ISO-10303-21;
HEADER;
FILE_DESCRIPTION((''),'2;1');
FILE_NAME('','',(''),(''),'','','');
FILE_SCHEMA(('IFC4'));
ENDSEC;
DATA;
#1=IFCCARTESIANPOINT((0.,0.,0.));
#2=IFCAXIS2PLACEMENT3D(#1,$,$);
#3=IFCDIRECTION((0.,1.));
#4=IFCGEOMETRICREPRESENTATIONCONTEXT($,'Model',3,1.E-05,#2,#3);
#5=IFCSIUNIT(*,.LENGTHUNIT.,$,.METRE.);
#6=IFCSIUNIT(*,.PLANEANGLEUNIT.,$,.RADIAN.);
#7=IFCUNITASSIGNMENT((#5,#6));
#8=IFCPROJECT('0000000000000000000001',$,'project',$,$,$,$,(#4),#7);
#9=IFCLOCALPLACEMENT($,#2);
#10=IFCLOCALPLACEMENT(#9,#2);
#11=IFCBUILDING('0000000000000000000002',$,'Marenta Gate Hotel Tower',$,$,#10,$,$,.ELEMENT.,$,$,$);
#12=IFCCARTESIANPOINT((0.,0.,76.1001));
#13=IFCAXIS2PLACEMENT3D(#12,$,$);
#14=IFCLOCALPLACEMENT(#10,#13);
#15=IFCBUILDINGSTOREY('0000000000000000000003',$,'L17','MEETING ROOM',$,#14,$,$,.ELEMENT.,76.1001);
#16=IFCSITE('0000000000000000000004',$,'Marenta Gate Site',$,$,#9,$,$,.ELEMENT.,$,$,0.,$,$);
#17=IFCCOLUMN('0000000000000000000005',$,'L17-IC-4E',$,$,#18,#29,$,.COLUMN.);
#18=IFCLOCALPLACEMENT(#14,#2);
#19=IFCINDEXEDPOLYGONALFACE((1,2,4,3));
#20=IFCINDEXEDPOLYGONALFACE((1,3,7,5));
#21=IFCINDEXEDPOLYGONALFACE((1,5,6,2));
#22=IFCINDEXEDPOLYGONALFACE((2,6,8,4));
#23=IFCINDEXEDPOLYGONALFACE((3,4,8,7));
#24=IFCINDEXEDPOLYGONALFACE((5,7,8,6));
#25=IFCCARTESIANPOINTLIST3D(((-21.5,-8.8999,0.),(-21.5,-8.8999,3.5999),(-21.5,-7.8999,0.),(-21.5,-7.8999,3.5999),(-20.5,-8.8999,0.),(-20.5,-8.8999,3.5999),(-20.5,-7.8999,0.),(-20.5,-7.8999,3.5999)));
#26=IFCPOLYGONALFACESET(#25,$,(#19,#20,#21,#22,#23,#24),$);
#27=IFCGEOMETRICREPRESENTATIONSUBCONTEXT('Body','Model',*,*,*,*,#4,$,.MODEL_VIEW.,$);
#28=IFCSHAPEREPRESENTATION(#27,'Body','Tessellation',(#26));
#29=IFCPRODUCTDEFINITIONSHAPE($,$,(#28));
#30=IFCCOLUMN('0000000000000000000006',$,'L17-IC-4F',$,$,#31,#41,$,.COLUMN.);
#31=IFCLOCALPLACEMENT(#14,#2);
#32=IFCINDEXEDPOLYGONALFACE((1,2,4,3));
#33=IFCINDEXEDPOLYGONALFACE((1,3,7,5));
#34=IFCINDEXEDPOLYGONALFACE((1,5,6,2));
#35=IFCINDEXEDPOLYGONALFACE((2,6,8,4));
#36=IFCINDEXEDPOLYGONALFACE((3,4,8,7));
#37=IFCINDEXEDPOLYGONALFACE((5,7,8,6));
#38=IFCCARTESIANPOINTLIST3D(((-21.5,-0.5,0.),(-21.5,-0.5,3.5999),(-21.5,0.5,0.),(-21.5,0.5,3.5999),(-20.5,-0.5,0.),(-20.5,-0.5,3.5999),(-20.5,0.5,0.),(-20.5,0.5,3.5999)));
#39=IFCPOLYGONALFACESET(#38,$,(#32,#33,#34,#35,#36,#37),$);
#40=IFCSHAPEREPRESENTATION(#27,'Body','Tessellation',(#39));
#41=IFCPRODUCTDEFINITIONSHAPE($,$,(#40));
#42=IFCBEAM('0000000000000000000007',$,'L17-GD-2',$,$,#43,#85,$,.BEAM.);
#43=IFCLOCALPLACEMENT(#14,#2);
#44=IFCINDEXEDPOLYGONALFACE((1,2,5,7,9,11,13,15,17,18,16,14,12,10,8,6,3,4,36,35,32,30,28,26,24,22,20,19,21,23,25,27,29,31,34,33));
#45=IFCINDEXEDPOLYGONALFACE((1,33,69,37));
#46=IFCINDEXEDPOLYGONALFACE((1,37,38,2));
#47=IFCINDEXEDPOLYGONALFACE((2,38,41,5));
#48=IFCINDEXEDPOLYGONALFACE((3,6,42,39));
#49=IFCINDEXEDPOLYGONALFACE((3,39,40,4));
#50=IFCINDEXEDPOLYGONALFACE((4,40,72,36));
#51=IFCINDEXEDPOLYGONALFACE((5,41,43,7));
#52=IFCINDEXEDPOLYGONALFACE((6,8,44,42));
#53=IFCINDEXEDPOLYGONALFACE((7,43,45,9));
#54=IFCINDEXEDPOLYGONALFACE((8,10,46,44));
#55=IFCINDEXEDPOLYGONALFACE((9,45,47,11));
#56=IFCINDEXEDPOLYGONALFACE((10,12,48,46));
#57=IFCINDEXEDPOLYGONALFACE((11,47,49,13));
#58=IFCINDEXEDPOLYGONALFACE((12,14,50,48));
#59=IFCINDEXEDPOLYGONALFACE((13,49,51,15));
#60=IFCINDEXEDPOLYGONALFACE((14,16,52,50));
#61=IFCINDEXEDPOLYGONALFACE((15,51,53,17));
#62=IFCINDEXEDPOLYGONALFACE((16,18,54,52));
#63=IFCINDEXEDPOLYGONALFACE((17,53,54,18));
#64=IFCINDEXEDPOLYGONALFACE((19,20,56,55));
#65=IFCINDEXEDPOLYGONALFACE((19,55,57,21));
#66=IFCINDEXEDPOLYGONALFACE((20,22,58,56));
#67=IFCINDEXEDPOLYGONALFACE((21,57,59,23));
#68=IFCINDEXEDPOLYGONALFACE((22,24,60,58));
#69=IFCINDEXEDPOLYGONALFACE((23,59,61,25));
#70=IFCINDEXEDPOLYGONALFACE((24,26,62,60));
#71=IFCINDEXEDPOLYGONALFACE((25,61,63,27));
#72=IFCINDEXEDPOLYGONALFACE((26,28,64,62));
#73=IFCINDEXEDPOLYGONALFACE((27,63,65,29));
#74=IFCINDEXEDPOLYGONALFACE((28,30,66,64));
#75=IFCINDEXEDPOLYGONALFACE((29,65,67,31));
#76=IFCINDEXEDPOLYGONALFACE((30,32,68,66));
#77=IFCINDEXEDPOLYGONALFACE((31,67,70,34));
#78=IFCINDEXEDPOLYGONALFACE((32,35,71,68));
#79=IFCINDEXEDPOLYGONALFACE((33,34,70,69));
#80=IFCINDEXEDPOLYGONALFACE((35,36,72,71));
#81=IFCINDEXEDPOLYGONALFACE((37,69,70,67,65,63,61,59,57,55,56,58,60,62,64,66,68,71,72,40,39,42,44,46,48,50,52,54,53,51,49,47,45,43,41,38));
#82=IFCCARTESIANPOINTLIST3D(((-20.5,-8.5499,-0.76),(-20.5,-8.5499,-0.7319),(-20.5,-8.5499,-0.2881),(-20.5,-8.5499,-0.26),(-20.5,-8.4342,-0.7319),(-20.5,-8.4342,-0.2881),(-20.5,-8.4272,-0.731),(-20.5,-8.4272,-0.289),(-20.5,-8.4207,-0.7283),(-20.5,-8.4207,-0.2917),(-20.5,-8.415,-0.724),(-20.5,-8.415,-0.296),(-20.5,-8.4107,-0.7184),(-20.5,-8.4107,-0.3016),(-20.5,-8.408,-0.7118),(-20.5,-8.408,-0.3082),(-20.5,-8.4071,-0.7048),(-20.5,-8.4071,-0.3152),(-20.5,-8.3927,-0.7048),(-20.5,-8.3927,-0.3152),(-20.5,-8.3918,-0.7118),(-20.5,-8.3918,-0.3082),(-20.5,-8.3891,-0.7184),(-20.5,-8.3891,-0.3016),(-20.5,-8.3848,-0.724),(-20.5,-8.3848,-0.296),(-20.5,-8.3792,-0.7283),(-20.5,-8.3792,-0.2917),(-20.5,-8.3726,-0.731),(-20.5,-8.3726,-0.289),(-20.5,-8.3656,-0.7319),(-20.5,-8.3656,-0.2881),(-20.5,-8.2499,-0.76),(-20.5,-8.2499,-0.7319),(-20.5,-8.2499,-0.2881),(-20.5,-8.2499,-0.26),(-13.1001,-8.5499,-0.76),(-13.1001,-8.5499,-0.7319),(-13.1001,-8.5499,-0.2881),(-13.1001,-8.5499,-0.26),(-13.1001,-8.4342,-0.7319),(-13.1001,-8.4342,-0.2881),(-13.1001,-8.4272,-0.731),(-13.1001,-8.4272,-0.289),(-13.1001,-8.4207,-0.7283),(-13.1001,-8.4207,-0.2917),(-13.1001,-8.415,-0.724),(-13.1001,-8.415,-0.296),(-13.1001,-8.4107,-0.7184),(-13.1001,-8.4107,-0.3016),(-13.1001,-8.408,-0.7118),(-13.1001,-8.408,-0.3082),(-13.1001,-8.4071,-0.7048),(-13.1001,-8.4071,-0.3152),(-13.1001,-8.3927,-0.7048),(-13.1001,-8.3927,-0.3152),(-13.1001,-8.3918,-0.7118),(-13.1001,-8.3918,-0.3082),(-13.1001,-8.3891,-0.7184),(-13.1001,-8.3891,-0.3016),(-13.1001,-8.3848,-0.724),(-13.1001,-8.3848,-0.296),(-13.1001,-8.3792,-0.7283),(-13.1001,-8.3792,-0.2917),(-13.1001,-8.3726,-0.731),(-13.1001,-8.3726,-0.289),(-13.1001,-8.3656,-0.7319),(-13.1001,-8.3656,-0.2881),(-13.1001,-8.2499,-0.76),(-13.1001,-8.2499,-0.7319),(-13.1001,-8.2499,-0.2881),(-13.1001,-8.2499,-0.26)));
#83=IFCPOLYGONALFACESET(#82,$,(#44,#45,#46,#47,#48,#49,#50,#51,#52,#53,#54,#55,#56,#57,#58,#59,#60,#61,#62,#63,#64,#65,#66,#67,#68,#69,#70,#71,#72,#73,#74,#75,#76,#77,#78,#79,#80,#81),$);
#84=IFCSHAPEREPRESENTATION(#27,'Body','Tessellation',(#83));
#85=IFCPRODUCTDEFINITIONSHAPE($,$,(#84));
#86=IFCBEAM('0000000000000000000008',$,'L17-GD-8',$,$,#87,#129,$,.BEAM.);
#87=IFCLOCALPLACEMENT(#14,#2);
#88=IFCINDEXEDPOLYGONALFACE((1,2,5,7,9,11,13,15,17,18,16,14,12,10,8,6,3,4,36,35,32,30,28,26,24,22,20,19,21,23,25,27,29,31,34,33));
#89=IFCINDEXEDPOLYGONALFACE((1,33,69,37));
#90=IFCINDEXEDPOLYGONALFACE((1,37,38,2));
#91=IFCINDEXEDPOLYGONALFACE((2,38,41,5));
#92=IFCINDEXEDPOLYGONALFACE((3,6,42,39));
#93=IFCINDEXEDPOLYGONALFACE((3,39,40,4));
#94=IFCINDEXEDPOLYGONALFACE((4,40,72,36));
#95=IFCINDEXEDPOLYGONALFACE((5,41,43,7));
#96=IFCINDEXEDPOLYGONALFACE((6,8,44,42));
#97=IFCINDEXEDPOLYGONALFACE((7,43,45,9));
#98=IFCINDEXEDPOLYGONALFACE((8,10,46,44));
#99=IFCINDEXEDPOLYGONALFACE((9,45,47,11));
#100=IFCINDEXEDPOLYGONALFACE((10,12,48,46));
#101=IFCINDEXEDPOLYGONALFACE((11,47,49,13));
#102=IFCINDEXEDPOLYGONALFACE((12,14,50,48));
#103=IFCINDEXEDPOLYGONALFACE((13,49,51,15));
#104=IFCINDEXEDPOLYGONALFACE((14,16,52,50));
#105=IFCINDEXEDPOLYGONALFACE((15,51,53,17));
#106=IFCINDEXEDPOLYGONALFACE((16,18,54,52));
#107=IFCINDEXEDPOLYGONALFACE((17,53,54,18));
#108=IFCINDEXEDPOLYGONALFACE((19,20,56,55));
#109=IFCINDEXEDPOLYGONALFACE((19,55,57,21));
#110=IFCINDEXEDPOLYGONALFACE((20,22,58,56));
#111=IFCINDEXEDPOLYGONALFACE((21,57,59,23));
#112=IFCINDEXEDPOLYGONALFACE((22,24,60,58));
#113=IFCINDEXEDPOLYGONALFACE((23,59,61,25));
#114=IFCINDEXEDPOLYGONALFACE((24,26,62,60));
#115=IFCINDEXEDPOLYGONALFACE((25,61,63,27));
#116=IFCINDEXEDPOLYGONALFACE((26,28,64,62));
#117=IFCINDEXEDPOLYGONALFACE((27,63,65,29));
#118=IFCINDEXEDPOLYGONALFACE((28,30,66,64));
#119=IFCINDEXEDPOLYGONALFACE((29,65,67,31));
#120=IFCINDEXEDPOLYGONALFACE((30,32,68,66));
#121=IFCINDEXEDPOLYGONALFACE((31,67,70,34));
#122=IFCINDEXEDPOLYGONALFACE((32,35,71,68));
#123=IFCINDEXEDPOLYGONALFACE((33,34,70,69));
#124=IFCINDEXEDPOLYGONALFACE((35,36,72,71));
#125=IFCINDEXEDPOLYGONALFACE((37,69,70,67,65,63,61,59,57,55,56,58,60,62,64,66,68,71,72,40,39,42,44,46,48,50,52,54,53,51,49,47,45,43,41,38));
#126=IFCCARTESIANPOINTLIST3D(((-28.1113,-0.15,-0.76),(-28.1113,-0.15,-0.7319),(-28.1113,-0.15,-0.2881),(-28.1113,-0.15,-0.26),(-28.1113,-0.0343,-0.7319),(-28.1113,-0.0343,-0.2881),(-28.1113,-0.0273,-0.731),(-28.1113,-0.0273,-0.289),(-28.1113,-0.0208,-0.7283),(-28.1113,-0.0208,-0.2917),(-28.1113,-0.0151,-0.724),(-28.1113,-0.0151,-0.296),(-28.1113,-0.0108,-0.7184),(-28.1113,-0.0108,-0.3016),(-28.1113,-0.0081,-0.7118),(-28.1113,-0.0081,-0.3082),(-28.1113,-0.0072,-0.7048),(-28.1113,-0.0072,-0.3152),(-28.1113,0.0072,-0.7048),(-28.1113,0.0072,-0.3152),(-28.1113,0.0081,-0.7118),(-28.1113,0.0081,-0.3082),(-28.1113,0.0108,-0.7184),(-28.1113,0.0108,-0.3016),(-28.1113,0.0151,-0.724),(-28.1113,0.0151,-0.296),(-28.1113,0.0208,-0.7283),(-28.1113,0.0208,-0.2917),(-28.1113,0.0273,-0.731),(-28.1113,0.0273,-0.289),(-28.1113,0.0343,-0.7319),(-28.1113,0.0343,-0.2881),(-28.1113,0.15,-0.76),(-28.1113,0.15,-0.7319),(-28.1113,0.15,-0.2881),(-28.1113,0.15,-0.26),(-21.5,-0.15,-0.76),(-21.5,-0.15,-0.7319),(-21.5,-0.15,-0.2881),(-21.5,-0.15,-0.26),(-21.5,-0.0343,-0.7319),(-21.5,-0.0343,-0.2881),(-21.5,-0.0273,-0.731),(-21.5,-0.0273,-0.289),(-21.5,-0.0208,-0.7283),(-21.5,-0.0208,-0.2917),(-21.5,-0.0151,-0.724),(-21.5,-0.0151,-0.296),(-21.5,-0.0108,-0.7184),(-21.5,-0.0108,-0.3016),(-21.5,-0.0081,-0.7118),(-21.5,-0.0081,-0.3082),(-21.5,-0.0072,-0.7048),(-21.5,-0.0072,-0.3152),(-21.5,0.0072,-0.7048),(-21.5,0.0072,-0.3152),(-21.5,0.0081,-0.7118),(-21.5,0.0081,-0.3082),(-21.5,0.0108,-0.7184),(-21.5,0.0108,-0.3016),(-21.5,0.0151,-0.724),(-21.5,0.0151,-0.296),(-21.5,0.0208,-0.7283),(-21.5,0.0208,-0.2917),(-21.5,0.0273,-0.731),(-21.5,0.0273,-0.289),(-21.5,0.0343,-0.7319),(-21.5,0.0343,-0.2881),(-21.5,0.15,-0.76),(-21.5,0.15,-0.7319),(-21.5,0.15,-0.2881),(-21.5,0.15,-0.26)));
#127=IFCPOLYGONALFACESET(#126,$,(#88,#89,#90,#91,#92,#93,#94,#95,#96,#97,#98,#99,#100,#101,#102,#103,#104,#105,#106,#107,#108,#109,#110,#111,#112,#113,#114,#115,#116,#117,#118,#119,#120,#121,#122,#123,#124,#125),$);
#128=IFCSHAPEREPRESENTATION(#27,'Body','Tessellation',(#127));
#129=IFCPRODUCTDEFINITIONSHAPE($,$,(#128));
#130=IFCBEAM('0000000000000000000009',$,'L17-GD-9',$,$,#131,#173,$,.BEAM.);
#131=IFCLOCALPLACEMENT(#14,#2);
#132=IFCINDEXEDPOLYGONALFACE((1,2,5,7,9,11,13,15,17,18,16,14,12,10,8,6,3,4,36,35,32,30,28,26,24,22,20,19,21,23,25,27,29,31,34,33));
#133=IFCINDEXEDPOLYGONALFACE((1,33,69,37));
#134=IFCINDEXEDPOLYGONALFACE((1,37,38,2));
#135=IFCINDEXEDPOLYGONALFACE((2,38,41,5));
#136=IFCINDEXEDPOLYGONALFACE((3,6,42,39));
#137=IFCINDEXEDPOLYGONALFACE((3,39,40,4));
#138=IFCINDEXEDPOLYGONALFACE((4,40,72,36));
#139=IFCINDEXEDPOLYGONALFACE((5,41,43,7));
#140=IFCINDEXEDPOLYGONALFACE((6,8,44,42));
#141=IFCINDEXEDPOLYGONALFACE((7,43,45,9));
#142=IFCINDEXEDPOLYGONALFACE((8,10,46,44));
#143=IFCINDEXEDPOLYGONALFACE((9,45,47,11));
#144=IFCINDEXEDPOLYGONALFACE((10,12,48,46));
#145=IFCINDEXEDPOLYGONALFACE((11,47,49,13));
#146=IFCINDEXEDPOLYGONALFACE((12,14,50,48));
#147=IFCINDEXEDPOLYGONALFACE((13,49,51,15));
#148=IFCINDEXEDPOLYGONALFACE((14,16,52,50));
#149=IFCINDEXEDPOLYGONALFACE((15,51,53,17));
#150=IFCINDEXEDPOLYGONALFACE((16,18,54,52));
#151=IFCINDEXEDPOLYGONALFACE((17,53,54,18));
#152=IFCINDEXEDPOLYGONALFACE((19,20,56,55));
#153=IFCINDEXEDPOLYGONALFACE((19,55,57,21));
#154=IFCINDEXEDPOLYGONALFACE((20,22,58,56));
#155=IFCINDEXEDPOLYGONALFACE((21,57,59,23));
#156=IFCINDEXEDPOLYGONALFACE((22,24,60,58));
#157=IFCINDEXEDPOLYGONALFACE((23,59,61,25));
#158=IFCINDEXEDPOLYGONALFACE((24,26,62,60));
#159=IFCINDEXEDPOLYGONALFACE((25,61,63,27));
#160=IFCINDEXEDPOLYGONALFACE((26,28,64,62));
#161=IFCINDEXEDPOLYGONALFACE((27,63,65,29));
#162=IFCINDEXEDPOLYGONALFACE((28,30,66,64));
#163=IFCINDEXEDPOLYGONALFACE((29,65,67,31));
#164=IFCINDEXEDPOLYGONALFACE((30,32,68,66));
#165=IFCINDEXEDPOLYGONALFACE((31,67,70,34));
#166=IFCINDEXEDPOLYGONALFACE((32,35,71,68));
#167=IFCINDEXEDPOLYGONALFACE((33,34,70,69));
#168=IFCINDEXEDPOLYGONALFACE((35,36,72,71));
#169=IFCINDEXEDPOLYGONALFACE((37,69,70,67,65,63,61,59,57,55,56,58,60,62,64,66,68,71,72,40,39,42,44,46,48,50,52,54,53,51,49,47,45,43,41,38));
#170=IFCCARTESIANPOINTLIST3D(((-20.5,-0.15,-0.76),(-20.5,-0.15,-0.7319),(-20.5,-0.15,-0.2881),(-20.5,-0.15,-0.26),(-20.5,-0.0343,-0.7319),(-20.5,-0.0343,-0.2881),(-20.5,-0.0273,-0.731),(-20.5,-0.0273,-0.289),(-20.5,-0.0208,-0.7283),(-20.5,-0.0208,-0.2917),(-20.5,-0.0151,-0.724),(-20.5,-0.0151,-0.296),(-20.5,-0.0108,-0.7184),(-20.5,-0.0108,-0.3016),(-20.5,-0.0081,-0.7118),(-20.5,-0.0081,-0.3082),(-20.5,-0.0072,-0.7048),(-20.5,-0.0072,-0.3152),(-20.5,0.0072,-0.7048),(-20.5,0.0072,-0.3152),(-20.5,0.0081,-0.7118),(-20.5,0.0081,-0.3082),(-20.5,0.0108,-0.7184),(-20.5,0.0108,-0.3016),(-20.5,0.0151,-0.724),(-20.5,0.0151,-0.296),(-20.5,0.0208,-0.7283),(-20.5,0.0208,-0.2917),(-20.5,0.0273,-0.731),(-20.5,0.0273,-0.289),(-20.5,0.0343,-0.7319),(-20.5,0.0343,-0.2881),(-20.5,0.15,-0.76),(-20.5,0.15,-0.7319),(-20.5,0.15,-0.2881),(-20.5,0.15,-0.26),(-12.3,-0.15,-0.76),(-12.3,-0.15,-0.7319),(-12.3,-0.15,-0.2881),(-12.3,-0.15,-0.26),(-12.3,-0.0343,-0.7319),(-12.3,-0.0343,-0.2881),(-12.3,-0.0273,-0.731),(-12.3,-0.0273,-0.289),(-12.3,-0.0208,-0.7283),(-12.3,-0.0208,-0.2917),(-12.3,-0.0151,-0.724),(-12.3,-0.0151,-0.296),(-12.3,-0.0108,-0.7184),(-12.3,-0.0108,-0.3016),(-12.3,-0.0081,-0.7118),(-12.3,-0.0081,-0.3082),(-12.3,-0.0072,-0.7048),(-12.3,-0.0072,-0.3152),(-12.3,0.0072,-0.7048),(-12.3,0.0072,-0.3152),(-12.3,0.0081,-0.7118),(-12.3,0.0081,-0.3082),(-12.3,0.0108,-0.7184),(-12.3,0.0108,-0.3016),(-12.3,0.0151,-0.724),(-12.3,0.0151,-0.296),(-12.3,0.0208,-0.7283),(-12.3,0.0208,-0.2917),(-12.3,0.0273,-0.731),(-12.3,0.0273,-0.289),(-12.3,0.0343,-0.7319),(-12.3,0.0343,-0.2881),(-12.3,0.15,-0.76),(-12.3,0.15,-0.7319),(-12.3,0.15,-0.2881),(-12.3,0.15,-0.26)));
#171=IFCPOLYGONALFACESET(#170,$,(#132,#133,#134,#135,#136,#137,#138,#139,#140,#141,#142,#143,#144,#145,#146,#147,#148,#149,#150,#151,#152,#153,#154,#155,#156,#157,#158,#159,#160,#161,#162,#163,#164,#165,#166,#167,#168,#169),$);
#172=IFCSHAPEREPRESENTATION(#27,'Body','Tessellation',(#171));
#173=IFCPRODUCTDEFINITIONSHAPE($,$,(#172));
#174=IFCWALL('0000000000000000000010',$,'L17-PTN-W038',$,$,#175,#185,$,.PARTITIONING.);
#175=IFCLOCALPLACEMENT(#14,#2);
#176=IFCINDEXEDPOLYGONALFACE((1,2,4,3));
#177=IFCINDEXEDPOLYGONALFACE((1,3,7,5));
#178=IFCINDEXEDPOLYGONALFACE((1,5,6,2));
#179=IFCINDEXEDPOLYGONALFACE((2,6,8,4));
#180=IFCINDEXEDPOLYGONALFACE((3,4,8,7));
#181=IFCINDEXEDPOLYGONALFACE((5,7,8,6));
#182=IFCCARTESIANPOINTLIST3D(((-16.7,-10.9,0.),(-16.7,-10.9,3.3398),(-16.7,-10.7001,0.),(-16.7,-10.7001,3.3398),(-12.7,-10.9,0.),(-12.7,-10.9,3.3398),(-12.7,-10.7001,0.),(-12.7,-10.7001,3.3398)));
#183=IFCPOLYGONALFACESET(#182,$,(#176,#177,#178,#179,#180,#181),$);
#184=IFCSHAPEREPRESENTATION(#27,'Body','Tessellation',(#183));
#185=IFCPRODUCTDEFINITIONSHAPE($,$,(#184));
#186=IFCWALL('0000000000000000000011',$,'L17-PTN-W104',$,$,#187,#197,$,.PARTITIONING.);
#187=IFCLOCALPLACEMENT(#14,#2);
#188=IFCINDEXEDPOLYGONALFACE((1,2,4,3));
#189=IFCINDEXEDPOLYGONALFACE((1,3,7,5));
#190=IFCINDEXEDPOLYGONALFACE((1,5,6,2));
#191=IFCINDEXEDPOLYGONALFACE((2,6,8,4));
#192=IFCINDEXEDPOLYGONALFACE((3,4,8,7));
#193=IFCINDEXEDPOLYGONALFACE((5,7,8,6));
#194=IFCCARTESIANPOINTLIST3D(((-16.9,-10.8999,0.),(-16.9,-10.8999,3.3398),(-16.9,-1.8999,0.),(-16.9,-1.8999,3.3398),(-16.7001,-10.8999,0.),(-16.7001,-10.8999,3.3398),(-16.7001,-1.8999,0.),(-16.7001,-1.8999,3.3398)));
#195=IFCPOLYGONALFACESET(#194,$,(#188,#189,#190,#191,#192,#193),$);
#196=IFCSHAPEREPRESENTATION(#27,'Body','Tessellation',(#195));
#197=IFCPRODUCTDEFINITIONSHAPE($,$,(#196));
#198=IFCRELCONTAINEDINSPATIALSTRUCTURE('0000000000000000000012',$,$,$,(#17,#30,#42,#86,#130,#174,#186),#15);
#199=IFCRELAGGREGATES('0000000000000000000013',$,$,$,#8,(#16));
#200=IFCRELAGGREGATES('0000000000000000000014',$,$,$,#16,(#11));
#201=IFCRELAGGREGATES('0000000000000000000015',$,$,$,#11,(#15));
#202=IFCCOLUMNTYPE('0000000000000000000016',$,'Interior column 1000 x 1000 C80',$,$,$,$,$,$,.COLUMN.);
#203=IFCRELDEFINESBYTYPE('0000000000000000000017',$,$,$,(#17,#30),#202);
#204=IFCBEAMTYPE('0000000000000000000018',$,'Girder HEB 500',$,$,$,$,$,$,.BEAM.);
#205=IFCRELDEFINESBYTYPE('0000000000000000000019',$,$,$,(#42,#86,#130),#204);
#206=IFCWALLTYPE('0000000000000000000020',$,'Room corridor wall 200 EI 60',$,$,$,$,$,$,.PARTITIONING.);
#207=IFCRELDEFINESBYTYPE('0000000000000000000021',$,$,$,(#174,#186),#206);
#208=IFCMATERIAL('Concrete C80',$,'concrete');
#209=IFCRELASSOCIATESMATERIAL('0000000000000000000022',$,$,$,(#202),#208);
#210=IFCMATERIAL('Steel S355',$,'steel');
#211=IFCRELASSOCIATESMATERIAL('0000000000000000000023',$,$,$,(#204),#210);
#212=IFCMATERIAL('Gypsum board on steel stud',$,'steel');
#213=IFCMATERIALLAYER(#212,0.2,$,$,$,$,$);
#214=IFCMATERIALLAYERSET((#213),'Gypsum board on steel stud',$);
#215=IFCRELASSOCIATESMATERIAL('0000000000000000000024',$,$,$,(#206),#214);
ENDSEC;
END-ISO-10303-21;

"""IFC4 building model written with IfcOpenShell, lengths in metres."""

from ifc_helpers import new_model, si_unit, direction, frame, frame_2d, origin, origin_2d, place, context, subcontext, project, spatial, rectangle, i_section, extrude, material, layer, layer_set, material_profile, profile_set, type_object, element, save


model = new_model("IFC4")

# Units and contexts
model_context = context("Model", 3, precision=1e-05, world=origin(), true_north=direction((0.0, 1.0)))
body_context = subcontext(model_context, "Body", "Model", "MODEL_VIEW")
ifc_project = project(units=[si_unit("LENGTHUNIT", "METRE"), si_unit("PLANEANGLEUNIT", "RADIAN")], contexts=[model_context])

# Site, building, storey
site_placement = place(None, origin())
site = spatial("IfcSite", under=ifc_project, at=site_placement, Name="Marenta Gate Site", CompositionType="ELEMENT", RefElevation=0.0)
building_placement = place(site_placement, origin())
building = spatial("IfcBuilding", under=site, at=building_placement, Name="Marenta Gate Hotel Tower", CompositionType="ELEMENT")
storey_placement = place(building_placement, frame((0.0, 0.0, 76.1001)))
storey = spatial("IfcBuildingStorey", under=building, at=storey_placement, Name="L17", Description="MEETING ROOM", CompositionType="ELEMENT", Elevation=76.1001)

# Columns
ifc_material_1 = material(Name="Concrete C80", Category="concrete")
ifc_material_profile_1 = material_profile(ifc_material_1, rectangle(XDim=1.0, YDim=1.0, at=origin_2d()), Name="1000 x 1000")
ifc_profile_set_1 = profile_set([ifc_material_profile_1], Name="Concrete C80")
column_type = type_object("IfcColumnType", Name="Interior column 1000 x 1000 C80", PredefinedType="COLUMN", material=ifc_profile_set_1)
for number, where, z_axis, x_axis, name in (
    (1, (-21.0, -8.3999, 0.0), (0.0, 0.0, 1.0), (1.0, 0.0, 0.0), "L17-IC-4E"),
    (2, (-21.0, 0.0, 0.0), (0.0, 0.0, 1.0), (1.0, 0.0, 0.0), "L17-IC-4F"),
):
    element("IfcColumn", number, at=place(storey_placement, frame(where, z_axis=z_axis, x_axis=x_axis)), inside=storey, type_object=column_type, Name=name, PredefinedType="COLUMN", context=body_context, shape_type="SweptSolid", body=[
        extrude(rectangle(XDim=1.0, YDim=1.0, at=origin_2d()), origin(), (0.0, 0.0, 1.0), 3.5999),
    ])

# Beams
ifc_material_2 = material(Name="Steel S355", Category="steel")
ifc_material_profile_2 = material_profile(ifc_material_2, i_section(OverallWidth=0.3, OverallDepth=0.5, WebThickness=0.0144, FlangeThickness=0.0281, FilletRadius=0.0271, at=origin_2d()), Name="HEB 500")
ifc_profile_set_2 = profile_set([ifc_material_profile_2], Name="Steel S355")
beam_type = type_object("IfcBeamType", Name="Girder HEB 500", PredefinedType="BEAM", material=ifc_profile_set_2)
beam_1_placement = place(storey_placement, frame((-20.5, -8.3999, -0.51), z_axis=(1.0, 0.0, 0.0), x_axis=(0.0, 1.0, 0.0)))
element("IfcBeam", 3, at=beam_1_placement, inside=storey, type_object=beam_type, Name="L17-GD-2", PredefinedType="BEAM", context=body_context, shape_type="SweptSolid", body=[
    extrude(i_section(OverallWidth=0.3, OverallDepth=0.5, WebThickness=0.0144, FlangeThickness=0.0281, FilletRadius=0.0271, at=origin_2d()), origin(), (0.0, 0.0, 1.0), 7.3999),
])
beam_2_placement = place(storey_placement, frame((-28.1113, 0.0, -0.51), z_axis=(1.0, 0.0, 0.0), x_axis=(0.0, 1.0, 0.0)))
element("IfcBeam", 4, at=beam_2_placement, inside=storey, type_object=beam_type, Name="L17-GD-8", PredefinedType="BEAM", context=body_context, shape_type="SweptSolid", body=[
    extrude(i_section(OverallWidth=0.3, OverallDepth=0.5, WebThickness=0.0144, FlangeThickness=0.0281, FilletRadius=0.0271, at=origin_2d()), origin(), (0.0, 0.0, 1.0), 6.6113),
])
beam_3_placement = place(storey_placement, frame((-20.5, 0.0, -0.51), z_axis=(1.0, 0.0, 0.0), x_axis=(0.0, 1.0, 0.0)))
element("IfcBeam", 5, at=beam_3_placement, inside=storey, type_object=beam_type, Name="L17-GD-9", PredefinedType="BEAM", context=body_context, shape_type="SweptSolid", body=[
    extrude(i_section(OverallWidth=0.3, OverallDepth=0.5, WebThickness=0.0144, FlangeThickness=0.0281, FilletRadius=0.0271, at=origin_2d()), origin(), (0.0, 0.0, 1.0), 8.2),
])

# Wall
ifc_material_3 = material(Name="Gypsum board on steel stud", Category="steel")
ifc_layer_1 = layer(ifc_material_3, 0.2)
ifc_layer_set_1 = layer_set([ifc_layer_1], Name="Gypsum board on steel stud")
wall_type_1 = type_object("IfcWallType", Name="Room corridor wall 200 EI 60", PredefinedType="PARTITIONING", material=ifc_layer_set_1)
wall_1_placement = place(storey_placement, frame((-16.7, -10.8, 0.0), z_axis=(0.0, 0.0, 1.0), x_axis=(1.0, 0.0, 0.0)))
element("IfcWall", 6, at=wall_1_placement, inside=storey, type_object=wall_type_1, Name="L17-PTN-W038", PredefinedType="PARTITIONING", context=body_context, shape_type="SweptSolid", body=[
    extrude(rectangle(XDim=4.0, YDim=0.2, at=frame_2d((2.0, 0.0))), origin(), (0.0, 0.0, 1.0), 3.3398),
])

# Wall
wall_2_placement = place(storey_placement, frame((-16.8, -10.8999, 0.0), z_axis=(0.0, 0.0, 1.0), x_axis=(0.0, 1.0, 0.0)))
element("IfcWall", 7, at=wall_2_placement, inside=storey, type_object=wall_type_1, Name="L17-PTN-W104", PredefinedType="PARTITIONING", context=body_context, shape_type="SweptSolid", body=[
    extrude(rectangle(XDim=9.0, YDim=0.2, at=frame_2d((4.5, 0.0))), origin(), (0.0, 0.0, 1.0), 3.3398),
])

save(model, "model.ifc")
